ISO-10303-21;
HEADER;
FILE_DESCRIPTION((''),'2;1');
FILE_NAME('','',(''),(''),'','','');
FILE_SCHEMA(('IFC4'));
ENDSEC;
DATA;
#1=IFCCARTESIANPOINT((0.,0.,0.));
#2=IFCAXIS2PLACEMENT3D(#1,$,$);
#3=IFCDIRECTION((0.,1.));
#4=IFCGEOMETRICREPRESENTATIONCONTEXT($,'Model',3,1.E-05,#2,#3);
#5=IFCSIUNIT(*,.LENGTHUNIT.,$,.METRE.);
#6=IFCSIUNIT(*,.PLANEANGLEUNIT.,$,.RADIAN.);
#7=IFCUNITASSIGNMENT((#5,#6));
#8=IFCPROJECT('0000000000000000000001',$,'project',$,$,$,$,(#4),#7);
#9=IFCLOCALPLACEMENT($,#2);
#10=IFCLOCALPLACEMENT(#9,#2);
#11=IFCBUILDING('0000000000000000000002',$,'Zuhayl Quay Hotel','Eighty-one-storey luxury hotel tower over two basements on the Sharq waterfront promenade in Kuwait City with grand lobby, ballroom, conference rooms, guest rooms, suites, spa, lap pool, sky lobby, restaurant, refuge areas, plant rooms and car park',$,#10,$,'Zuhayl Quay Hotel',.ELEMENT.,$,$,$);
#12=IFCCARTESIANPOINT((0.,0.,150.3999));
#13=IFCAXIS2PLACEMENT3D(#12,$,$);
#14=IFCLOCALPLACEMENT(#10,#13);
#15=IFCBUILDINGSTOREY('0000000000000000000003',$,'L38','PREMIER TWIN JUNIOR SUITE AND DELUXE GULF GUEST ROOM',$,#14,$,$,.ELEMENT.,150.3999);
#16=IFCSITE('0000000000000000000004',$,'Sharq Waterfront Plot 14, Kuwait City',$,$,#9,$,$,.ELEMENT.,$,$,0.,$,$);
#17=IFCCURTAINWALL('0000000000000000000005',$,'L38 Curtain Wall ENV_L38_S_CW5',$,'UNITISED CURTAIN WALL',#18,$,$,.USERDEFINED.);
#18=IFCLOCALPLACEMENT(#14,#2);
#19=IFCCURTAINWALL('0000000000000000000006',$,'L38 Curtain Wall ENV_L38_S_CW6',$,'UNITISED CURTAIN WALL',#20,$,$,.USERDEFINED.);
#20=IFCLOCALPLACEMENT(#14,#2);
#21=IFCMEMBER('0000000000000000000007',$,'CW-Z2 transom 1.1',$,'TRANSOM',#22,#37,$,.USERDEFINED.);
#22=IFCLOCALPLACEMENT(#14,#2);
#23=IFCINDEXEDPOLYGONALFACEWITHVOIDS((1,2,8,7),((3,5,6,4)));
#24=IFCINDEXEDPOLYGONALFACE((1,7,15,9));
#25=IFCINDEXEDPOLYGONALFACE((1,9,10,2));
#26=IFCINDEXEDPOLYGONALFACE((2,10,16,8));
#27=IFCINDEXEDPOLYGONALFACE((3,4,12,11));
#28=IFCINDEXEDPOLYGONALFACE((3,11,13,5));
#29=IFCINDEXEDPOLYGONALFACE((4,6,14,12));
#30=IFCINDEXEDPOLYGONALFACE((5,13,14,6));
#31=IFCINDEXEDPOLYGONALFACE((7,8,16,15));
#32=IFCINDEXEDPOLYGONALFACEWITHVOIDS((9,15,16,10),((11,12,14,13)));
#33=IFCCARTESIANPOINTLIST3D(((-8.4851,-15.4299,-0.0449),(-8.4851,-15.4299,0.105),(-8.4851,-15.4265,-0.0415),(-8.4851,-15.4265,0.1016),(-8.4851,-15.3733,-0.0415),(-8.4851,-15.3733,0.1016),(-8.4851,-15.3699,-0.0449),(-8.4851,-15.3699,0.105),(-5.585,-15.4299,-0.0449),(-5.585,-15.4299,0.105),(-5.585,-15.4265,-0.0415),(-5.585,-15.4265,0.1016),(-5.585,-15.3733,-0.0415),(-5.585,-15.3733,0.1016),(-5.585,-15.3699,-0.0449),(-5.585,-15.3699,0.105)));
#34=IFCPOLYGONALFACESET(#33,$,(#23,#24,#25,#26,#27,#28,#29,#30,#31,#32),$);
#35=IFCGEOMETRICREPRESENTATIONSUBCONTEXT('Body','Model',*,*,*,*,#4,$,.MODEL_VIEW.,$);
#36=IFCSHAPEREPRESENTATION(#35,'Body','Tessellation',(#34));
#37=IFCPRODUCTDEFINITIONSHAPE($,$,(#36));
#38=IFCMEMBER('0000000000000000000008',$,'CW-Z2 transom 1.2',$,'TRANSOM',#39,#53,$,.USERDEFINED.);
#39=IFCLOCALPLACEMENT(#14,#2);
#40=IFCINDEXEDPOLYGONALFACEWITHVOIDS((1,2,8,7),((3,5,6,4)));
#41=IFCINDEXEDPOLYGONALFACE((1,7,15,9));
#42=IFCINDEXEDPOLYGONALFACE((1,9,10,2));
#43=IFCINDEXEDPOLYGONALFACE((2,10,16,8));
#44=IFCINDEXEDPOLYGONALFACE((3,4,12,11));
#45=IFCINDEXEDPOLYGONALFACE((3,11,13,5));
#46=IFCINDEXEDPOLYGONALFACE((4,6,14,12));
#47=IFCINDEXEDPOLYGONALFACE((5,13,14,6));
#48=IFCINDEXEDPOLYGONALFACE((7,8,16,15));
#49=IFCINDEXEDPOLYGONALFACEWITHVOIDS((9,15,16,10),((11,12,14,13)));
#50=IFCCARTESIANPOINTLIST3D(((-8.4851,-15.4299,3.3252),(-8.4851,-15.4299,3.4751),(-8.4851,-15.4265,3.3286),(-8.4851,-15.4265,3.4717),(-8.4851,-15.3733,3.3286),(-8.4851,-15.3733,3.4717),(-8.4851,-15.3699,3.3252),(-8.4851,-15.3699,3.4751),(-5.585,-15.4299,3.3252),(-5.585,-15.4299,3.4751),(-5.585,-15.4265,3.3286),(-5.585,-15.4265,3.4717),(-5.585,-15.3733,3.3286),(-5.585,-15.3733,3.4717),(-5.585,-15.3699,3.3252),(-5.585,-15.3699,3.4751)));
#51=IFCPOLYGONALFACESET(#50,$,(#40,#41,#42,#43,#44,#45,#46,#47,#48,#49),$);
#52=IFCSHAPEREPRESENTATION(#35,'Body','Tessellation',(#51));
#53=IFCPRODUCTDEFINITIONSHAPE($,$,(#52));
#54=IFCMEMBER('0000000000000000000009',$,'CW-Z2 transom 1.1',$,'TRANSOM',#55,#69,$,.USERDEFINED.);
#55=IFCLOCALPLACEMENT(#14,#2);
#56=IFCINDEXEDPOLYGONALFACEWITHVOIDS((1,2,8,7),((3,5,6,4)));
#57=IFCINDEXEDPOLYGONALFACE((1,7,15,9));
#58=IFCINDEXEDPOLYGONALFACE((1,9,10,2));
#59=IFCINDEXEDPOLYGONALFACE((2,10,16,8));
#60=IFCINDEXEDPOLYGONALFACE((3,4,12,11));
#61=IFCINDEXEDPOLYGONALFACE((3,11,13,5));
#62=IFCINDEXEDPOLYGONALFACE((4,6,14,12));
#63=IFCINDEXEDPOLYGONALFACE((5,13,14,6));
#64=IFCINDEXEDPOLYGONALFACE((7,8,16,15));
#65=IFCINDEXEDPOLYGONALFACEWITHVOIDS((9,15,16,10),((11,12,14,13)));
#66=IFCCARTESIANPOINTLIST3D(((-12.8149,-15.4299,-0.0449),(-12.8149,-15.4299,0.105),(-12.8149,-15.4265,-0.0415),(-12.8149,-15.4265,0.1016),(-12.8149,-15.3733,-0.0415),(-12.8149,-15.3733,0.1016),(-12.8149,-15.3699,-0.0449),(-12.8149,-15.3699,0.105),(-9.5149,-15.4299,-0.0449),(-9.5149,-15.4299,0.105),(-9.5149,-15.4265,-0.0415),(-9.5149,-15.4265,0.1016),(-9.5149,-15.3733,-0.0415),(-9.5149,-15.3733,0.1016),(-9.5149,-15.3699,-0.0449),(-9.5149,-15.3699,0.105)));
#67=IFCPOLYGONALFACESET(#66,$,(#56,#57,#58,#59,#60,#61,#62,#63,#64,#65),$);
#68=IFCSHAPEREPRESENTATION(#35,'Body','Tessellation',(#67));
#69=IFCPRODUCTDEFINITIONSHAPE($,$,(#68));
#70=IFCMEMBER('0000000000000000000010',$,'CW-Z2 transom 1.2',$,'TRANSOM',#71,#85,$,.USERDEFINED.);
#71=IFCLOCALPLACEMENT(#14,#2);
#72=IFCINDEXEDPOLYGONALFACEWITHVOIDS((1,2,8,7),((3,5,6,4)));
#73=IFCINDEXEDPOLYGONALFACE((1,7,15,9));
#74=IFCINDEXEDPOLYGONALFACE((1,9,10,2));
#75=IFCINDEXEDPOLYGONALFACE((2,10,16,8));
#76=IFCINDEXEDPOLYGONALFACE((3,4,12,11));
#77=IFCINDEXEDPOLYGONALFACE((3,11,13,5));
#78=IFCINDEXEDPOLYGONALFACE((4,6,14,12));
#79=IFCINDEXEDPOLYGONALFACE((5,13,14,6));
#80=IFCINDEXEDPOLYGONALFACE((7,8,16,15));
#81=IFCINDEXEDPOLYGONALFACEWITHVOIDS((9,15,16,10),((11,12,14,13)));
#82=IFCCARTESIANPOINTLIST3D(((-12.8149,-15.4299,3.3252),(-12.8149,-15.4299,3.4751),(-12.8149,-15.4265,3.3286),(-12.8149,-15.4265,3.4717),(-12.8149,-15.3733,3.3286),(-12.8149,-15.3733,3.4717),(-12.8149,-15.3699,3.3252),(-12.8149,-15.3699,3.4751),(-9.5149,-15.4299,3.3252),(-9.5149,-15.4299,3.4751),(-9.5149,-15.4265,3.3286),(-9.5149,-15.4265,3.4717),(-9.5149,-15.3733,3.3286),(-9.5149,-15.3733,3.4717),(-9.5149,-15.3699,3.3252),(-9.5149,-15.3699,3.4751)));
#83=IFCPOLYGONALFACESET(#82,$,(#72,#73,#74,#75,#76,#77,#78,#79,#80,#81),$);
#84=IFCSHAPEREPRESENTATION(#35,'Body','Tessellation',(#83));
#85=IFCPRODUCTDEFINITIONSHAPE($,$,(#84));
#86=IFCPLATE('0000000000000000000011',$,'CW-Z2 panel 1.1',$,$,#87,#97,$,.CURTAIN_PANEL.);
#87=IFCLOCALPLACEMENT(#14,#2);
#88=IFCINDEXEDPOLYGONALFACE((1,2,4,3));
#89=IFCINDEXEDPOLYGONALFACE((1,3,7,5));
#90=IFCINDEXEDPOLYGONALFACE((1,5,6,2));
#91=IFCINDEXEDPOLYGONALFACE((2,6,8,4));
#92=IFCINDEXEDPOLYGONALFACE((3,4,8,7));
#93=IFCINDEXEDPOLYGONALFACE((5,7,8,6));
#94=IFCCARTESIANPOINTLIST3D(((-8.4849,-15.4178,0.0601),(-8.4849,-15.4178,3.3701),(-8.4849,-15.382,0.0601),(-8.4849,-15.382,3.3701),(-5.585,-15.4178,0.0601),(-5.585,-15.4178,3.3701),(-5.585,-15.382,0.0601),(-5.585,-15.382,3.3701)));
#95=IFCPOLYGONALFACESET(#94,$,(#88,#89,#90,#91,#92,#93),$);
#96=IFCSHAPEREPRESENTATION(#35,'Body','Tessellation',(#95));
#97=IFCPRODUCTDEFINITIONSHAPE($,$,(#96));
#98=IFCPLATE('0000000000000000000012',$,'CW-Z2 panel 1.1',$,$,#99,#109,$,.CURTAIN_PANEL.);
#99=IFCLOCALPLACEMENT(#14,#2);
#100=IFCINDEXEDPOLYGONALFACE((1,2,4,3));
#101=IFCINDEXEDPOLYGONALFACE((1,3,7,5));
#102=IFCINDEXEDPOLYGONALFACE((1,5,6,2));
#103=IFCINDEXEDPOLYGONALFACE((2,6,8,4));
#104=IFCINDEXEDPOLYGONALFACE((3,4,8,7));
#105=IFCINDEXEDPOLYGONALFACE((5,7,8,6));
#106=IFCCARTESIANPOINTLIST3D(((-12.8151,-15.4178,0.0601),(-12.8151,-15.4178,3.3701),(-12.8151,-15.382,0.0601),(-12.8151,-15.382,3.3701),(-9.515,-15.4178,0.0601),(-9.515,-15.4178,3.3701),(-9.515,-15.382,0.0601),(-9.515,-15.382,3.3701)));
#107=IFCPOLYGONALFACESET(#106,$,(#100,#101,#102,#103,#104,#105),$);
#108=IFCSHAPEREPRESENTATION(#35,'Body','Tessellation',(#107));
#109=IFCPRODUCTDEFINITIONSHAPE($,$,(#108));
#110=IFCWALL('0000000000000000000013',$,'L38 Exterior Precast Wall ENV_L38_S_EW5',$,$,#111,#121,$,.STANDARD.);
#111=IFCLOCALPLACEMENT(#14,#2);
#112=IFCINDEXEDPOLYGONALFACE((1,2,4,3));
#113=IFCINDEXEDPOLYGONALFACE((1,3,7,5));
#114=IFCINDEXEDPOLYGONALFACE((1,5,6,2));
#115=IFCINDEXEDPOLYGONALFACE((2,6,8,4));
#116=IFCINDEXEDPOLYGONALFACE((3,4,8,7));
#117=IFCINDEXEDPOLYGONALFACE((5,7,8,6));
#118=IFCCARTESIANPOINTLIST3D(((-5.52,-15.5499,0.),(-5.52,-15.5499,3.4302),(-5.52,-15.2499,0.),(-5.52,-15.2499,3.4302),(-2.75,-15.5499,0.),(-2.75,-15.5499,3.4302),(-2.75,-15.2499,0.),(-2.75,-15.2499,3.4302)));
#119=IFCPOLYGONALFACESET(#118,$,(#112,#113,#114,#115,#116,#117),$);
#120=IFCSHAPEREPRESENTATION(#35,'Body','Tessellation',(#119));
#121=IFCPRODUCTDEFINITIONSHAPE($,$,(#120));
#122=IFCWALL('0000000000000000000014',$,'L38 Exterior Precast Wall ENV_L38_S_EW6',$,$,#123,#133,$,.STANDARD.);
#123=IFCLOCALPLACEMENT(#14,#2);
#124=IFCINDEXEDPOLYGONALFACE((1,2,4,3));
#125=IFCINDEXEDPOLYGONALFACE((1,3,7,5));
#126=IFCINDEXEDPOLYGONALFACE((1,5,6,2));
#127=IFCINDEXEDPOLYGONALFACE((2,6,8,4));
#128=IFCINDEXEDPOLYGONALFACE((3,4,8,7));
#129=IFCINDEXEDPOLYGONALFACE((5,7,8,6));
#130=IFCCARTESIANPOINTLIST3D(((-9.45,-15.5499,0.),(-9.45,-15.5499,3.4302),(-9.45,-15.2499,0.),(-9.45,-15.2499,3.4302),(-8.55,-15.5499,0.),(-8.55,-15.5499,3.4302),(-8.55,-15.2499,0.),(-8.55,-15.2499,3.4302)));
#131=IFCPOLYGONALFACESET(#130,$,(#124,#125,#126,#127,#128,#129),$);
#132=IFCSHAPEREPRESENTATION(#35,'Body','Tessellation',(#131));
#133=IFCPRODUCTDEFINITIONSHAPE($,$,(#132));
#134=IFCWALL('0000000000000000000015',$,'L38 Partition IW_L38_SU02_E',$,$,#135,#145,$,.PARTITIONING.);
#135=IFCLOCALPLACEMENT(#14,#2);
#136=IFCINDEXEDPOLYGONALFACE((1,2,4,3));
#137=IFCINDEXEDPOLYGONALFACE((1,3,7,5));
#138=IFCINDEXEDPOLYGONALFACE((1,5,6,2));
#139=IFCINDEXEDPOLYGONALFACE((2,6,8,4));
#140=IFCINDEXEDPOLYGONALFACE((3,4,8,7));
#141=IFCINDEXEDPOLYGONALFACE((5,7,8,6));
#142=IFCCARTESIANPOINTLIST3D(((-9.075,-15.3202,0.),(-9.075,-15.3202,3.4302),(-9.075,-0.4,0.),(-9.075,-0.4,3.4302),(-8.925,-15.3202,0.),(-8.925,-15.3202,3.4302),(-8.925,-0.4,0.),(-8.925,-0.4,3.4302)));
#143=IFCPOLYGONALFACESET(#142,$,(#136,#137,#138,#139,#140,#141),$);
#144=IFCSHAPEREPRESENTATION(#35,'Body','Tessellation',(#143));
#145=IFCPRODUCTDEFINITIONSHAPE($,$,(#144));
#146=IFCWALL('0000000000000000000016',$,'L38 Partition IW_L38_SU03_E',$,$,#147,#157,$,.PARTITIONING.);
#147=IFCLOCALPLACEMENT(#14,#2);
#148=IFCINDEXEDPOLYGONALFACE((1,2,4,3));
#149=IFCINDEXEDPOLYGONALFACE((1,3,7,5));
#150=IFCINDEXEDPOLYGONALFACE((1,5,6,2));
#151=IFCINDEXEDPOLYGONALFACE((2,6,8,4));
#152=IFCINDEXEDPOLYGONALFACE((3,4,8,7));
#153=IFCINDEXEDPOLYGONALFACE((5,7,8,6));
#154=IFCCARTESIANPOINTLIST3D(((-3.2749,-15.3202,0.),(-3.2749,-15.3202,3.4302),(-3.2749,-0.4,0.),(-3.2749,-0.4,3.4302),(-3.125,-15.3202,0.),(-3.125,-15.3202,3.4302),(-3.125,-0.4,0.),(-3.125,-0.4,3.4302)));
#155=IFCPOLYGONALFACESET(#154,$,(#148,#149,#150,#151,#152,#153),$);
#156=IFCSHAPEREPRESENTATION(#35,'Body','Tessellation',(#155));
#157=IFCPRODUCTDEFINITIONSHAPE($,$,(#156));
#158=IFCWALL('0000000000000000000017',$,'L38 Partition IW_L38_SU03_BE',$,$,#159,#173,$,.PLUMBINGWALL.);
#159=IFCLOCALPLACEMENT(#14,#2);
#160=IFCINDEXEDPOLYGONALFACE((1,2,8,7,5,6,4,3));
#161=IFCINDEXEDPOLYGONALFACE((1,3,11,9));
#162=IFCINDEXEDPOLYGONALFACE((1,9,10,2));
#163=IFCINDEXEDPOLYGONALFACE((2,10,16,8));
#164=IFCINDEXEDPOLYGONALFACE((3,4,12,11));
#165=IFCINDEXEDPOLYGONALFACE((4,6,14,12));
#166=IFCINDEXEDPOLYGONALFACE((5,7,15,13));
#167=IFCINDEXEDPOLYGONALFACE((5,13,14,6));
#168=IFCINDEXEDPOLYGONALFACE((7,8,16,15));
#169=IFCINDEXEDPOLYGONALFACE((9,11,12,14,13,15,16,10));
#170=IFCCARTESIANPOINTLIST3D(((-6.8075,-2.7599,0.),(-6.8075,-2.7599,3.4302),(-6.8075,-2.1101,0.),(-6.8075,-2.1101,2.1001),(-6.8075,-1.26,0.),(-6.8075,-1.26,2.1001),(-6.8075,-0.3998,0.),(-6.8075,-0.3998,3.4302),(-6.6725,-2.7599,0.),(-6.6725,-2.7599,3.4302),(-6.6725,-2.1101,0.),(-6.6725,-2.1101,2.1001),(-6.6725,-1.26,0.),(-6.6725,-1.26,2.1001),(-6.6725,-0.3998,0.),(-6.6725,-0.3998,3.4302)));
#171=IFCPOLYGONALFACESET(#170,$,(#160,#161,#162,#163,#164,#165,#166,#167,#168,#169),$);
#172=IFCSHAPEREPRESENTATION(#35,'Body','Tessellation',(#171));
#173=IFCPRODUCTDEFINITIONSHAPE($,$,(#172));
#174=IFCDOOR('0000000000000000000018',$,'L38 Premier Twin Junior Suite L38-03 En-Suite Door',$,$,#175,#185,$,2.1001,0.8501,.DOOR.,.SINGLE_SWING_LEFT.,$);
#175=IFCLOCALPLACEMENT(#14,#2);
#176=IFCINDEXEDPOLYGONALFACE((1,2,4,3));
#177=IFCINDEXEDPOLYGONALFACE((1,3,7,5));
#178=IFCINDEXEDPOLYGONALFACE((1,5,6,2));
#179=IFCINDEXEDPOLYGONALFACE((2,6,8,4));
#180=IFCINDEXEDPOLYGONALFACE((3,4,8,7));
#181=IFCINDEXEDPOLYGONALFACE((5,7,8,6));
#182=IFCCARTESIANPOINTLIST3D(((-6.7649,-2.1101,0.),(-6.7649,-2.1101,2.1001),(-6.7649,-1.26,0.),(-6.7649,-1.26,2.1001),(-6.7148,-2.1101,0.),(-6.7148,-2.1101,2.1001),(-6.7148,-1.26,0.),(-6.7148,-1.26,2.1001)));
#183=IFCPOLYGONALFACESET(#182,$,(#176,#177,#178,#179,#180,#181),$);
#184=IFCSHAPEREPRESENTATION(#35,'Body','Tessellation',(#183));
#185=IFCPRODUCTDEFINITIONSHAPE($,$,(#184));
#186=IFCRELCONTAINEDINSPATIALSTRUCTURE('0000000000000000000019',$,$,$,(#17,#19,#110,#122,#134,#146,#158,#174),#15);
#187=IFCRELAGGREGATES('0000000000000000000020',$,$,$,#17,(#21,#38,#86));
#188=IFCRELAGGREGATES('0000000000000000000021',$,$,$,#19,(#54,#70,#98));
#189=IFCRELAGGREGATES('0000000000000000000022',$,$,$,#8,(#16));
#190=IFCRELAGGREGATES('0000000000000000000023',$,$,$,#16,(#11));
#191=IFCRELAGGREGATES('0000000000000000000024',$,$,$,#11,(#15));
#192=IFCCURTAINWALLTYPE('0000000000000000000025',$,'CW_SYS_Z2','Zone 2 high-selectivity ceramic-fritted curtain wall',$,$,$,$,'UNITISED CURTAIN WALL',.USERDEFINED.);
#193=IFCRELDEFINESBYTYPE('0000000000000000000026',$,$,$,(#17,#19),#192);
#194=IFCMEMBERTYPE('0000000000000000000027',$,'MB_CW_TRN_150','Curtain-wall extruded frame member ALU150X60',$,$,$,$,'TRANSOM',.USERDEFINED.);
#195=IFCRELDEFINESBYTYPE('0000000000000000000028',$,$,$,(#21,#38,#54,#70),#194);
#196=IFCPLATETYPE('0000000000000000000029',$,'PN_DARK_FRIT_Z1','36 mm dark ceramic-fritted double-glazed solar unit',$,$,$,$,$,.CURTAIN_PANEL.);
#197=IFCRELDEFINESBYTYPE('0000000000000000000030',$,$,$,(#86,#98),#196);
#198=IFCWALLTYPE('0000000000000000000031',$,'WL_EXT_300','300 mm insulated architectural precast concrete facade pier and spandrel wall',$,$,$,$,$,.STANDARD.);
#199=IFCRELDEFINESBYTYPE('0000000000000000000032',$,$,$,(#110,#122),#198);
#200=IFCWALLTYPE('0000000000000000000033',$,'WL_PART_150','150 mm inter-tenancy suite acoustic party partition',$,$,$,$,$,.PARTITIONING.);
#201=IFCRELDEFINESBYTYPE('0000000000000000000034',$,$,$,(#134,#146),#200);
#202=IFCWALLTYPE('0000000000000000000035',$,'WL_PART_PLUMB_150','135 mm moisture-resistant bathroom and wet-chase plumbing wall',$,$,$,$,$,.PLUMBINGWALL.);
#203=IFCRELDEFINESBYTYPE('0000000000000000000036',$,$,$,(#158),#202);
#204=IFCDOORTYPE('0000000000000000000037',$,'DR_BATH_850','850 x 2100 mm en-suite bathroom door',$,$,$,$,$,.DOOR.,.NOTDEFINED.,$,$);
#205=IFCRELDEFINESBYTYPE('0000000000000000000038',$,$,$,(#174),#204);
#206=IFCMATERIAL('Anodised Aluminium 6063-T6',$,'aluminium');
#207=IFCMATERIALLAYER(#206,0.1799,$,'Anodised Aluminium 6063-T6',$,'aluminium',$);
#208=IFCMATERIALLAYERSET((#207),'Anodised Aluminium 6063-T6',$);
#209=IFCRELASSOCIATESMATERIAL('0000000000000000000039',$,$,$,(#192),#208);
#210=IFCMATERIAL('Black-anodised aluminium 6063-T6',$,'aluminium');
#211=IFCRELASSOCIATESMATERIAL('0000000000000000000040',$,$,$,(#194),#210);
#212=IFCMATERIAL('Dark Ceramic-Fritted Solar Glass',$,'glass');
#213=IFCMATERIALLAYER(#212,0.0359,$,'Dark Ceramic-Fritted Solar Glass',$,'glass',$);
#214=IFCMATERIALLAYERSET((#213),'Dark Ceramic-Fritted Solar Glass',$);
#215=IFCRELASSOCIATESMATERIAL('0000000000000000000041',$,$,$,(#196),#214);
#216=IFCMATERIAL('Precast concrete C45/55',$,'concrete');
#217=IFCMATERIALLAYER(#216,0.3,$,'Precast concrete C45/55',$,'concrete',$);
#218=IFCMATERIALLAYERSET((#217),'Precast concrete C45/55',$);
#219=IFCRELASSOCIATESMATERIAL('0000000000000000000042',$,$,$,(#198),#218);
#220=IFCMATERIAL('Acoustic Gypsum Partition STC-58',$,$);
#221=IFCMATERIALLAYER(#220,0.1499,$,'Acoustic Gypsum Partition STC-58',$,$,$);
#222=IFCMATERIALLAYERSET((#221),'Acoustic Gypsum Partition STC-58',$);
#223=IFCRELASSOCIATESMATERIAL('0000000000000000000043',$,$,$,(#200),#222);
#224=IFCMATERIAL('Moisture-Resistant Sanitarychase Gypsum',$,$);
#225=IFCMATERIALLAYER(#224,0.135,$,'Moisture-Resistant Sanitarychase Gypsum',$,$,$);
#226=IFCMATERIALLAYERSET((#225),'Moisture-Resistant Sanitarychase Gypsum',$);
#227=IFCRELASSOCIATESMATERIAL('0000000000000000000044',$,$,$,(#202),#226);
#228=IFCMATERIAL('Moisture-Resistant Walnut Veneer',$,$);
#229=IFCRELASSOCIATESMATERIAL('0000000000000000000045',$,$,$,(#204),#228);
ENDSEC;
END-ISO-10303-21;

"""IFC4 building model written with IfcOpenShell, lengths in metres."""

from ifc_helpers import new_model, si_unit, direction, frame, frame_2d, origin, origin_2d, place, context, subcontext, project, spatial, rectangle, hollow_rectangle, extrude, material, layer, layer_set, material_profile, profile_set, type_object, element, fill, aggregate, save


model = new_model("IFC4")

# Units and contexts
model_context = context("Model", 3, precision=1e-05, world=origin(), true_north=direction((0.0, 1.0)))
body_context = subcontext(model_context, "Body", "Model", "MODEL_VIEW")
ifc_project = project(units=[si_unit("LENGTHUNIT", "METRE"), si_unit("PLANEANGLEUNIT", "RADIAN")], contexts=[model_context])

# Site, building, storey
site_placement = place(None, origin())
site = spatial("IfcSite", under=ifc_project, at=site_placement, Name="Sharq Waterfront Plot 14, Kuwait City", CompositionType="ELEMENT", RefElevation=0.0)
building_placement = place(site_placement, origin())
building = spatial("IfcBuilding", under=site, at=building_placement, Name="Zuhayl Quay Hotel", Description="Eighty-one-storey luxury hotel tower over two basements on the Sharq waterfront promenade in Kuwait City with grand lobby, ballroom, conference rooms, guest rooms, suites, spa, lap pool, sky lobby, restaurant, refuge areas, plant rooms and car park", LongName="Zuhayl Quay Hotel", CompositionType="ELEMENT")
storey_placement = place(building_placement, frame((0.0, 0.0, 150.3999)))
storey = spatial("IfcBuildingStorey", under=building, at=storey_placement, Name="L38", Description="PREMIER TWIN JUNIOR SUITE AND DELUXE GULF GUEST ROOM", CompositionType="ELEMENT", Elevation=150.3999)

# Shared definitions
ifc_material_1 = material(Name="Anodised Aluminium 6063-T6", Category="aluminium")
ifc_layer_1 = layer(ifc_material_1, 0.1799, Name="Anodised Aluminium 6063-T6", Category="aluminium")
ifc_layer_set_1 = layer_set([ifc_layer_1], Name="Anodised Aluminium 6063-T6")
curtain_wall_type = type_object("IfcCurtainWallType", Name="CW_SYS_Z2", Description="Zone 2 high-selectivity ceramic-fritted curtain wall", ElementType="UNITISED CURTAIN WALL", PredefinedType="USERDEFINED", material=ifc_layer_set_1)
ifc_material_2 = material(Name="Black-anodised aluminium 6063-T6", Category="aluminium")

# Curtain wall
curtain_wall_1_placement = place(storey_placement, origin())
curtain_wall_1 = element("IfcCurtainWall", 1, at=curtain_wall_1_placement, inside=storey, type_object=curtain_wall_type, Name="L38 Curtain Wall ENV_L38_S_CW5", ObjectType="UNITISED CURTAIN WALL", PredefinedType="USERDEFINED")

# Curtain wall
curtain_wall_2_placement = place(storey_placement, origin())
curtain_wall_2 = element("IfcCurtainWall", 2, at=curtain_wall_2_placement, inside=storey, type_object=curtain_wall_type, Name="L38 Curtain Wall ENV_L38_S_CW6", ObjectType="UNITISED CURTAIN WALL", PredefinedType="USERDEFINED")

# Members
ifc_material_profile_1 = material_profile(ifc_material_2, hollow_rectangle(XDim=0.0601, YDim=0.1499, WallThickness=0.0034, at=origin_2d()), Name="ALU150X60")
ifc_profile_set_1 = profile_set([ifc_material_profile_1], Name="Black-anodised aluminium 6063-T6")
member_type_1 = type_object("IfcMemberType", Name="MB_CW_TRN_150", Description="Curtain-wall extruded frame member ALU150X60", ElementType="TRANSOM", PredefinedType="USERDEFINED", material=ifc_profile_set_1)
member_1_placement = place(storey_placement, frame((-5.585, -15.3999, 0.03), z_axis=(-1.0, 0.0, 0.0), x_axis=(0.0, -1.0, 0.0)))
member_1 = element("IfcMember", 3, at=member_1_placement, type_object=member_type_1, Name="CW-Z2 transom 1.1", ObjectType="TRANSOM", PredefinedType="USERDEFINED", context=body_context, shape_type="SweptSolid", body=[
    extrude(hollow_rectangle(XDim=0.0601, YDim=0.1499, WallThickness=0.0034, at=origin_2d()), origin(), (0.0, 0.0, 1.0), 2.9001),
])
member_2_placement = place(storey_placement, frame((-5.585, -15.3999, 3.4001), z_axis=(-1.0, 0.0, 0.0), x_axis=(0.0, -1.0, 0.0)))
member_2 = element("IfcMember", 4, at=member_2_placement, type_object=member_type_1, Name="CW-Z2 transom 1.2", ObjectType="TRANSOM", PredefinedType="USERDEFINED", context=body_context, shape_type="SweptSolid", body=[
    extrude(hollow_rectangle(XDim=0.0601, YDim=0.1499, WallThickness=0.0034, at=origin_2d()), origin(), (0.0, 0.0, 1.0), 2.9001),
])
member_3_placement = place(storey_placement, frame((-9.5149, -15.3999, 0.03), z_axis=(-1.0, 0.0, 0.0), x_axis=(0.0, -1.0, 0.0)))
member_3 = element("IfcMember", 5, at=member_3_placement, type_object=member_type_1, Name="CW-Z2 transom 1.1", ObjectType="TRANSOM", PredefinedType="USERDEFINED", context=body_context, shape_type="SweptSolid", body=[
    extrude(hollow_rectangle(XDim=0.0601, YDim=0.1499, WallThickness=0.0034, at=origin_2d()), origin(), (0.0, 0.0, 1.0), 3.3),
])
member_4_placement = place(storey_placement, frame((-9.5149, -15.3999, 3.4001), z_axis=(-1.0, 0.0, 0.0), x_axis=(0.0, -1.0, 0.0)))
member_4 = element("IfcMember", 6, at=member_4_placement, type_object=member_type_1, Name="CW-Z2 transom 1.2", ObjectType="TRANSOM", PredefinedType="USERDEFINED", context=body_context, shape_type="SweptSolid", body=[
    extrude(hollow_rectangle(XDim=0.0601, YDim=0.1499, WallThickness=0.0034, at=origin_2d()), origin(), (0.0, 0.0, 1.0), 3.3),
])

# Plates
ifc_material_3 = material(Name="Dark Ceramic-Fritted Solar Glass", Category="glass")
ifc_layer_2 = layer(ifc_material_3, 0.0359, Name="Dark Ceramic-Fritted Solar Glass", Category="glass")
ifc_layer_set_2 = layer_set([ifc_layer_2], Name="Dark Ceramic-Fritted Solar Glass")
plate_type = type_object("IfcPlateType", Name="PN_DARK_FRIT_Z1", Description="36 mm dark ceramic-fritted double-glazed solar unit", PredefinedType="CURTAIN_PANEL", material=ifc_layer_set_2)
plate_1_placement = place(storey_placement, frame((-7.0349, -15.3999, 0.0601), z_axis=(0.0, 0.0, 1.0), x_axis=(-1.0, 0.0, 0.0)))
plate_1 = element("IfcPlate", 7, at=plate_1_placement, type_object=plate_type, Name="CW-Z2 panel 1.1", PredefinedType="CURTAIN_PANEL", context=body_context, shape_type="SweptSolid", body=[
    extrude(rectangle(XDim=2.8999, YDim=0.0359, at=origin_2d()), origin(), (0.0, 0.0, 1.0), 3.3101),
])
aggregate(curtain_wall_1, [member_1, member_2, plate_1])
plate_2_placement = place(storey_placement, frame((-11.165, -15.3999, 0.0601), z_axis=(0.0, 0.0, 1.0), x_axis=(-1.0, 0.0, 0.0)))
plate_2 = element("IfcPlate", 8, at=plate_2_placement, type_object=plate_type, Name="CW-Z2 panel 1.1", PredefinedType="CURTAIN_PANEL", context=body_context, shape_type="SweptSolid", body=[
    extrude(rectangle(XDim=3.3, YDim=0.0359, at=origin_2d()), origin(), (0.0, 0.0, 1.0), 3.3101),
])
aggregate(curtain_wall_2, [member_3, member_4, plate_2])

# Walls
ifc_material_4 = material(Name="Precast concrete C45/55", Category="concrete")
ifc_layer_3 = layer(ifc_material_4, 0.3, Name="Precast concrete C45/55", Category="concrete")
ifc_layer_set_3 = layer_set([ifc_layer_3], Name="Precast concrete C45/55")
wall_type_1 = type_object("IfcWallType", Name="WL_EXT_300", Description="300 mm insulated architectural precast concrete facade pier and spandrel wall", PredefinedType="STANDARD", material=ifc_layer_set_3)
wall_1_placement = place(storey_placement, frame((-2.75, -15.3999, 0.0), z_axis=(0.0, 0.0, 1.0), x_axis=(-1.0, 0.0, 0.0)))
element("IfcWall", 9, at=wall_1_placement, inside=storey, type_object=wall_type_1, Name="L38 Exterior Precast Wall ENV_L38_S_EW5", PredefinedType="STANDARD", context=body_context, shape_type="SweptSolid", body=[
    extrude(rectangle(XDim=2.77, YDim=0.3, at=frame_2d((1.385, 0.0))), origin(), (0.0, 0.0, 1.0), 3.4302),
])
wall_2_placement = place(storey_placement, frame((-8.55, -15.3999, 0.0), z_axis=(0.0, 0.0, 1.0), x_axis=(-1.0, 0.0, 0.0)))
element("IfcWall", 10, at=wall_2_placement, inside=storey, type_object=wall_type_1, Name="L38 Exterior Precast Wall ENV_L38_S_EW6", PredefinedType="STANDARD", context=body_context, shape_type="SweptSolid", body=[
    extrude(rectangle(XDim=0.8999, YDim=0.3, at=frame_2d((0.45, 0.0))), origin(), (0.0, 0.0, 1.0), 3.4302),
])
ifc_material_5 = material(Name="Acoustic Gypsum Partition STC-58")
ifc_layer_4 = layer(ifc_material_5, 0.1499, Name="Acoustic Gypsum Partition STC-58")
ifc_layer_set_4 = layer_set([ifc_layer_4], Name="Acoustic Gypsum Partition STC-58")
wall_type_2 = type_object("IfcWallType", Name="WL_PART_150", Description="150 mm inter-tenancy suite acoustic party partition", PredefinedType="PARTITIONING", material=ifc_layer_set_4)
for number, where, z_axis, x_axis, name in (
    (11, (-9.0, -15.3201, 0.0), (0.0, 0.0, 1.0), (0.0, 1.0, 0.0), "L38 Partition IW_L38_SU02_E"),
    (12, (-3.2, -15.3201, 0.0), (0.0, 0.0, 1.0), (0.0, 1.0, 0.0), "L38 Partition IW_L38_SU03_E"),
):
    element("IfcWall", number, at=place(storey_placement, frame(where, z_axis=z_axis, x_axis=x_axis)), inside=storey, type_object=wall_type_2, Name=name, PredefinedType="PARTITIONING", context=body_context, shape_type="SweptSolid", body=[
        extrude(rectangle(XDim=14.9202, YDim=0.1499, at=frame_2d((7.46, 0.0))), origin(), (0.0, 0.0, 1.0), 3.4302),
    ])

# Wall, opening, door
ifc_material_6 = material(Name="Moisture-Resistant Sanitarychase Gypsum")
ifc_layer_5 = layer(ifc_material_6, 0.135, Name="Moisture-Resistant Sanitarychase Gypsum")
ifc_layer_set_5 = layer_set([ifc_layer_5], Name="Moisture-Resistant Sanitarychase Gypsum")
wall_type_3 = type_object("IfcWallType", Name="WL_PART_PLUMB_150", Description="135 mm moisture-resistant bathroom and wet-chase plumbing wall", PredefinedType="PLUMBINGWALL", material=ifc_layer_set_5)
wall_3_placement = place(storey_placement, frame((-6.74, -2.76, 0.0), z_axis=(0.0, 0.0, 1.0), x_axis=(0.0, 1.0, 0.0)))
wall_3 = element("IfcWall", 13, at=wall_3_placement, inside=storey, type_object=wall_type_3, Name="L38 Partition IW_L38_SU03_BE", PredefinedType="PLUMBINGWALL", context=body_context, shape_type="SweptSolid", body=[
    extrude(rectangle(XDim=2.3601, YDim=0.135, at=frame_2d((1.1802, 0.0))), origin(), (0.0, 0.0, 1.0), 3.4302),
])
opening_placement = place(wall_3_placement, frame((0.6499, 0.0, 0.0)))
opening = element("IfcOpeningElement", 14, at=opening_placement, cuts=wall_3, PredefinedType="OPENING", context=body_context, shape_type="SweptSolid", body=[
    extrude(rectangle(XDim=0.8501, YDim=2.1001, at=frame_2d((0.425, 1.05))), frame((0.0, 0.0774, 0.0), z_axis=(0.0, -1.0, 0.0), x_axis=(1.0, 0.0, 0.0)), (0.0, 0.0, 1.0), 0.155),
])
ifc_material_7 = material(Name="Moisture-Resistant Walnut Veneer")
door_type = type_object("IfcDoorType", Name="DR_BATH_850", Description="850 x 2100 mm en-suite bathroom door", OperationType="NOTDEFINED", PredefinedType="DOOR", material=ifc_material_7)
door_placement = place(opening_placement, origin())
door = element("IfcDoor", 15, at=door_placement, inside=storey, type_object=door_type, Name="L38 Premier Twin Junior Suite L38-03 En-Suite Door", OperationType="SINGLE_SWING_LEFT", OverallHeight=2.1001, OverallWidth=0.8501, PredefinedType="DOOR", context=body_context, shape_type="SweptSolid", body=[
    extrude(rectangle(XDim=0.8501, YDim=2.1001, at=frame_2d((0.425, 1.05))), frame((0.0, 0.0249, 0.0), z_axis=(0.0, -1.0, 0.0), x_axis=(1.0, 0.0, 0.0)), (0.0, 0.0, 1.0), 0.05),
])
fill(opening, door)

save(model, "model.ifc")
